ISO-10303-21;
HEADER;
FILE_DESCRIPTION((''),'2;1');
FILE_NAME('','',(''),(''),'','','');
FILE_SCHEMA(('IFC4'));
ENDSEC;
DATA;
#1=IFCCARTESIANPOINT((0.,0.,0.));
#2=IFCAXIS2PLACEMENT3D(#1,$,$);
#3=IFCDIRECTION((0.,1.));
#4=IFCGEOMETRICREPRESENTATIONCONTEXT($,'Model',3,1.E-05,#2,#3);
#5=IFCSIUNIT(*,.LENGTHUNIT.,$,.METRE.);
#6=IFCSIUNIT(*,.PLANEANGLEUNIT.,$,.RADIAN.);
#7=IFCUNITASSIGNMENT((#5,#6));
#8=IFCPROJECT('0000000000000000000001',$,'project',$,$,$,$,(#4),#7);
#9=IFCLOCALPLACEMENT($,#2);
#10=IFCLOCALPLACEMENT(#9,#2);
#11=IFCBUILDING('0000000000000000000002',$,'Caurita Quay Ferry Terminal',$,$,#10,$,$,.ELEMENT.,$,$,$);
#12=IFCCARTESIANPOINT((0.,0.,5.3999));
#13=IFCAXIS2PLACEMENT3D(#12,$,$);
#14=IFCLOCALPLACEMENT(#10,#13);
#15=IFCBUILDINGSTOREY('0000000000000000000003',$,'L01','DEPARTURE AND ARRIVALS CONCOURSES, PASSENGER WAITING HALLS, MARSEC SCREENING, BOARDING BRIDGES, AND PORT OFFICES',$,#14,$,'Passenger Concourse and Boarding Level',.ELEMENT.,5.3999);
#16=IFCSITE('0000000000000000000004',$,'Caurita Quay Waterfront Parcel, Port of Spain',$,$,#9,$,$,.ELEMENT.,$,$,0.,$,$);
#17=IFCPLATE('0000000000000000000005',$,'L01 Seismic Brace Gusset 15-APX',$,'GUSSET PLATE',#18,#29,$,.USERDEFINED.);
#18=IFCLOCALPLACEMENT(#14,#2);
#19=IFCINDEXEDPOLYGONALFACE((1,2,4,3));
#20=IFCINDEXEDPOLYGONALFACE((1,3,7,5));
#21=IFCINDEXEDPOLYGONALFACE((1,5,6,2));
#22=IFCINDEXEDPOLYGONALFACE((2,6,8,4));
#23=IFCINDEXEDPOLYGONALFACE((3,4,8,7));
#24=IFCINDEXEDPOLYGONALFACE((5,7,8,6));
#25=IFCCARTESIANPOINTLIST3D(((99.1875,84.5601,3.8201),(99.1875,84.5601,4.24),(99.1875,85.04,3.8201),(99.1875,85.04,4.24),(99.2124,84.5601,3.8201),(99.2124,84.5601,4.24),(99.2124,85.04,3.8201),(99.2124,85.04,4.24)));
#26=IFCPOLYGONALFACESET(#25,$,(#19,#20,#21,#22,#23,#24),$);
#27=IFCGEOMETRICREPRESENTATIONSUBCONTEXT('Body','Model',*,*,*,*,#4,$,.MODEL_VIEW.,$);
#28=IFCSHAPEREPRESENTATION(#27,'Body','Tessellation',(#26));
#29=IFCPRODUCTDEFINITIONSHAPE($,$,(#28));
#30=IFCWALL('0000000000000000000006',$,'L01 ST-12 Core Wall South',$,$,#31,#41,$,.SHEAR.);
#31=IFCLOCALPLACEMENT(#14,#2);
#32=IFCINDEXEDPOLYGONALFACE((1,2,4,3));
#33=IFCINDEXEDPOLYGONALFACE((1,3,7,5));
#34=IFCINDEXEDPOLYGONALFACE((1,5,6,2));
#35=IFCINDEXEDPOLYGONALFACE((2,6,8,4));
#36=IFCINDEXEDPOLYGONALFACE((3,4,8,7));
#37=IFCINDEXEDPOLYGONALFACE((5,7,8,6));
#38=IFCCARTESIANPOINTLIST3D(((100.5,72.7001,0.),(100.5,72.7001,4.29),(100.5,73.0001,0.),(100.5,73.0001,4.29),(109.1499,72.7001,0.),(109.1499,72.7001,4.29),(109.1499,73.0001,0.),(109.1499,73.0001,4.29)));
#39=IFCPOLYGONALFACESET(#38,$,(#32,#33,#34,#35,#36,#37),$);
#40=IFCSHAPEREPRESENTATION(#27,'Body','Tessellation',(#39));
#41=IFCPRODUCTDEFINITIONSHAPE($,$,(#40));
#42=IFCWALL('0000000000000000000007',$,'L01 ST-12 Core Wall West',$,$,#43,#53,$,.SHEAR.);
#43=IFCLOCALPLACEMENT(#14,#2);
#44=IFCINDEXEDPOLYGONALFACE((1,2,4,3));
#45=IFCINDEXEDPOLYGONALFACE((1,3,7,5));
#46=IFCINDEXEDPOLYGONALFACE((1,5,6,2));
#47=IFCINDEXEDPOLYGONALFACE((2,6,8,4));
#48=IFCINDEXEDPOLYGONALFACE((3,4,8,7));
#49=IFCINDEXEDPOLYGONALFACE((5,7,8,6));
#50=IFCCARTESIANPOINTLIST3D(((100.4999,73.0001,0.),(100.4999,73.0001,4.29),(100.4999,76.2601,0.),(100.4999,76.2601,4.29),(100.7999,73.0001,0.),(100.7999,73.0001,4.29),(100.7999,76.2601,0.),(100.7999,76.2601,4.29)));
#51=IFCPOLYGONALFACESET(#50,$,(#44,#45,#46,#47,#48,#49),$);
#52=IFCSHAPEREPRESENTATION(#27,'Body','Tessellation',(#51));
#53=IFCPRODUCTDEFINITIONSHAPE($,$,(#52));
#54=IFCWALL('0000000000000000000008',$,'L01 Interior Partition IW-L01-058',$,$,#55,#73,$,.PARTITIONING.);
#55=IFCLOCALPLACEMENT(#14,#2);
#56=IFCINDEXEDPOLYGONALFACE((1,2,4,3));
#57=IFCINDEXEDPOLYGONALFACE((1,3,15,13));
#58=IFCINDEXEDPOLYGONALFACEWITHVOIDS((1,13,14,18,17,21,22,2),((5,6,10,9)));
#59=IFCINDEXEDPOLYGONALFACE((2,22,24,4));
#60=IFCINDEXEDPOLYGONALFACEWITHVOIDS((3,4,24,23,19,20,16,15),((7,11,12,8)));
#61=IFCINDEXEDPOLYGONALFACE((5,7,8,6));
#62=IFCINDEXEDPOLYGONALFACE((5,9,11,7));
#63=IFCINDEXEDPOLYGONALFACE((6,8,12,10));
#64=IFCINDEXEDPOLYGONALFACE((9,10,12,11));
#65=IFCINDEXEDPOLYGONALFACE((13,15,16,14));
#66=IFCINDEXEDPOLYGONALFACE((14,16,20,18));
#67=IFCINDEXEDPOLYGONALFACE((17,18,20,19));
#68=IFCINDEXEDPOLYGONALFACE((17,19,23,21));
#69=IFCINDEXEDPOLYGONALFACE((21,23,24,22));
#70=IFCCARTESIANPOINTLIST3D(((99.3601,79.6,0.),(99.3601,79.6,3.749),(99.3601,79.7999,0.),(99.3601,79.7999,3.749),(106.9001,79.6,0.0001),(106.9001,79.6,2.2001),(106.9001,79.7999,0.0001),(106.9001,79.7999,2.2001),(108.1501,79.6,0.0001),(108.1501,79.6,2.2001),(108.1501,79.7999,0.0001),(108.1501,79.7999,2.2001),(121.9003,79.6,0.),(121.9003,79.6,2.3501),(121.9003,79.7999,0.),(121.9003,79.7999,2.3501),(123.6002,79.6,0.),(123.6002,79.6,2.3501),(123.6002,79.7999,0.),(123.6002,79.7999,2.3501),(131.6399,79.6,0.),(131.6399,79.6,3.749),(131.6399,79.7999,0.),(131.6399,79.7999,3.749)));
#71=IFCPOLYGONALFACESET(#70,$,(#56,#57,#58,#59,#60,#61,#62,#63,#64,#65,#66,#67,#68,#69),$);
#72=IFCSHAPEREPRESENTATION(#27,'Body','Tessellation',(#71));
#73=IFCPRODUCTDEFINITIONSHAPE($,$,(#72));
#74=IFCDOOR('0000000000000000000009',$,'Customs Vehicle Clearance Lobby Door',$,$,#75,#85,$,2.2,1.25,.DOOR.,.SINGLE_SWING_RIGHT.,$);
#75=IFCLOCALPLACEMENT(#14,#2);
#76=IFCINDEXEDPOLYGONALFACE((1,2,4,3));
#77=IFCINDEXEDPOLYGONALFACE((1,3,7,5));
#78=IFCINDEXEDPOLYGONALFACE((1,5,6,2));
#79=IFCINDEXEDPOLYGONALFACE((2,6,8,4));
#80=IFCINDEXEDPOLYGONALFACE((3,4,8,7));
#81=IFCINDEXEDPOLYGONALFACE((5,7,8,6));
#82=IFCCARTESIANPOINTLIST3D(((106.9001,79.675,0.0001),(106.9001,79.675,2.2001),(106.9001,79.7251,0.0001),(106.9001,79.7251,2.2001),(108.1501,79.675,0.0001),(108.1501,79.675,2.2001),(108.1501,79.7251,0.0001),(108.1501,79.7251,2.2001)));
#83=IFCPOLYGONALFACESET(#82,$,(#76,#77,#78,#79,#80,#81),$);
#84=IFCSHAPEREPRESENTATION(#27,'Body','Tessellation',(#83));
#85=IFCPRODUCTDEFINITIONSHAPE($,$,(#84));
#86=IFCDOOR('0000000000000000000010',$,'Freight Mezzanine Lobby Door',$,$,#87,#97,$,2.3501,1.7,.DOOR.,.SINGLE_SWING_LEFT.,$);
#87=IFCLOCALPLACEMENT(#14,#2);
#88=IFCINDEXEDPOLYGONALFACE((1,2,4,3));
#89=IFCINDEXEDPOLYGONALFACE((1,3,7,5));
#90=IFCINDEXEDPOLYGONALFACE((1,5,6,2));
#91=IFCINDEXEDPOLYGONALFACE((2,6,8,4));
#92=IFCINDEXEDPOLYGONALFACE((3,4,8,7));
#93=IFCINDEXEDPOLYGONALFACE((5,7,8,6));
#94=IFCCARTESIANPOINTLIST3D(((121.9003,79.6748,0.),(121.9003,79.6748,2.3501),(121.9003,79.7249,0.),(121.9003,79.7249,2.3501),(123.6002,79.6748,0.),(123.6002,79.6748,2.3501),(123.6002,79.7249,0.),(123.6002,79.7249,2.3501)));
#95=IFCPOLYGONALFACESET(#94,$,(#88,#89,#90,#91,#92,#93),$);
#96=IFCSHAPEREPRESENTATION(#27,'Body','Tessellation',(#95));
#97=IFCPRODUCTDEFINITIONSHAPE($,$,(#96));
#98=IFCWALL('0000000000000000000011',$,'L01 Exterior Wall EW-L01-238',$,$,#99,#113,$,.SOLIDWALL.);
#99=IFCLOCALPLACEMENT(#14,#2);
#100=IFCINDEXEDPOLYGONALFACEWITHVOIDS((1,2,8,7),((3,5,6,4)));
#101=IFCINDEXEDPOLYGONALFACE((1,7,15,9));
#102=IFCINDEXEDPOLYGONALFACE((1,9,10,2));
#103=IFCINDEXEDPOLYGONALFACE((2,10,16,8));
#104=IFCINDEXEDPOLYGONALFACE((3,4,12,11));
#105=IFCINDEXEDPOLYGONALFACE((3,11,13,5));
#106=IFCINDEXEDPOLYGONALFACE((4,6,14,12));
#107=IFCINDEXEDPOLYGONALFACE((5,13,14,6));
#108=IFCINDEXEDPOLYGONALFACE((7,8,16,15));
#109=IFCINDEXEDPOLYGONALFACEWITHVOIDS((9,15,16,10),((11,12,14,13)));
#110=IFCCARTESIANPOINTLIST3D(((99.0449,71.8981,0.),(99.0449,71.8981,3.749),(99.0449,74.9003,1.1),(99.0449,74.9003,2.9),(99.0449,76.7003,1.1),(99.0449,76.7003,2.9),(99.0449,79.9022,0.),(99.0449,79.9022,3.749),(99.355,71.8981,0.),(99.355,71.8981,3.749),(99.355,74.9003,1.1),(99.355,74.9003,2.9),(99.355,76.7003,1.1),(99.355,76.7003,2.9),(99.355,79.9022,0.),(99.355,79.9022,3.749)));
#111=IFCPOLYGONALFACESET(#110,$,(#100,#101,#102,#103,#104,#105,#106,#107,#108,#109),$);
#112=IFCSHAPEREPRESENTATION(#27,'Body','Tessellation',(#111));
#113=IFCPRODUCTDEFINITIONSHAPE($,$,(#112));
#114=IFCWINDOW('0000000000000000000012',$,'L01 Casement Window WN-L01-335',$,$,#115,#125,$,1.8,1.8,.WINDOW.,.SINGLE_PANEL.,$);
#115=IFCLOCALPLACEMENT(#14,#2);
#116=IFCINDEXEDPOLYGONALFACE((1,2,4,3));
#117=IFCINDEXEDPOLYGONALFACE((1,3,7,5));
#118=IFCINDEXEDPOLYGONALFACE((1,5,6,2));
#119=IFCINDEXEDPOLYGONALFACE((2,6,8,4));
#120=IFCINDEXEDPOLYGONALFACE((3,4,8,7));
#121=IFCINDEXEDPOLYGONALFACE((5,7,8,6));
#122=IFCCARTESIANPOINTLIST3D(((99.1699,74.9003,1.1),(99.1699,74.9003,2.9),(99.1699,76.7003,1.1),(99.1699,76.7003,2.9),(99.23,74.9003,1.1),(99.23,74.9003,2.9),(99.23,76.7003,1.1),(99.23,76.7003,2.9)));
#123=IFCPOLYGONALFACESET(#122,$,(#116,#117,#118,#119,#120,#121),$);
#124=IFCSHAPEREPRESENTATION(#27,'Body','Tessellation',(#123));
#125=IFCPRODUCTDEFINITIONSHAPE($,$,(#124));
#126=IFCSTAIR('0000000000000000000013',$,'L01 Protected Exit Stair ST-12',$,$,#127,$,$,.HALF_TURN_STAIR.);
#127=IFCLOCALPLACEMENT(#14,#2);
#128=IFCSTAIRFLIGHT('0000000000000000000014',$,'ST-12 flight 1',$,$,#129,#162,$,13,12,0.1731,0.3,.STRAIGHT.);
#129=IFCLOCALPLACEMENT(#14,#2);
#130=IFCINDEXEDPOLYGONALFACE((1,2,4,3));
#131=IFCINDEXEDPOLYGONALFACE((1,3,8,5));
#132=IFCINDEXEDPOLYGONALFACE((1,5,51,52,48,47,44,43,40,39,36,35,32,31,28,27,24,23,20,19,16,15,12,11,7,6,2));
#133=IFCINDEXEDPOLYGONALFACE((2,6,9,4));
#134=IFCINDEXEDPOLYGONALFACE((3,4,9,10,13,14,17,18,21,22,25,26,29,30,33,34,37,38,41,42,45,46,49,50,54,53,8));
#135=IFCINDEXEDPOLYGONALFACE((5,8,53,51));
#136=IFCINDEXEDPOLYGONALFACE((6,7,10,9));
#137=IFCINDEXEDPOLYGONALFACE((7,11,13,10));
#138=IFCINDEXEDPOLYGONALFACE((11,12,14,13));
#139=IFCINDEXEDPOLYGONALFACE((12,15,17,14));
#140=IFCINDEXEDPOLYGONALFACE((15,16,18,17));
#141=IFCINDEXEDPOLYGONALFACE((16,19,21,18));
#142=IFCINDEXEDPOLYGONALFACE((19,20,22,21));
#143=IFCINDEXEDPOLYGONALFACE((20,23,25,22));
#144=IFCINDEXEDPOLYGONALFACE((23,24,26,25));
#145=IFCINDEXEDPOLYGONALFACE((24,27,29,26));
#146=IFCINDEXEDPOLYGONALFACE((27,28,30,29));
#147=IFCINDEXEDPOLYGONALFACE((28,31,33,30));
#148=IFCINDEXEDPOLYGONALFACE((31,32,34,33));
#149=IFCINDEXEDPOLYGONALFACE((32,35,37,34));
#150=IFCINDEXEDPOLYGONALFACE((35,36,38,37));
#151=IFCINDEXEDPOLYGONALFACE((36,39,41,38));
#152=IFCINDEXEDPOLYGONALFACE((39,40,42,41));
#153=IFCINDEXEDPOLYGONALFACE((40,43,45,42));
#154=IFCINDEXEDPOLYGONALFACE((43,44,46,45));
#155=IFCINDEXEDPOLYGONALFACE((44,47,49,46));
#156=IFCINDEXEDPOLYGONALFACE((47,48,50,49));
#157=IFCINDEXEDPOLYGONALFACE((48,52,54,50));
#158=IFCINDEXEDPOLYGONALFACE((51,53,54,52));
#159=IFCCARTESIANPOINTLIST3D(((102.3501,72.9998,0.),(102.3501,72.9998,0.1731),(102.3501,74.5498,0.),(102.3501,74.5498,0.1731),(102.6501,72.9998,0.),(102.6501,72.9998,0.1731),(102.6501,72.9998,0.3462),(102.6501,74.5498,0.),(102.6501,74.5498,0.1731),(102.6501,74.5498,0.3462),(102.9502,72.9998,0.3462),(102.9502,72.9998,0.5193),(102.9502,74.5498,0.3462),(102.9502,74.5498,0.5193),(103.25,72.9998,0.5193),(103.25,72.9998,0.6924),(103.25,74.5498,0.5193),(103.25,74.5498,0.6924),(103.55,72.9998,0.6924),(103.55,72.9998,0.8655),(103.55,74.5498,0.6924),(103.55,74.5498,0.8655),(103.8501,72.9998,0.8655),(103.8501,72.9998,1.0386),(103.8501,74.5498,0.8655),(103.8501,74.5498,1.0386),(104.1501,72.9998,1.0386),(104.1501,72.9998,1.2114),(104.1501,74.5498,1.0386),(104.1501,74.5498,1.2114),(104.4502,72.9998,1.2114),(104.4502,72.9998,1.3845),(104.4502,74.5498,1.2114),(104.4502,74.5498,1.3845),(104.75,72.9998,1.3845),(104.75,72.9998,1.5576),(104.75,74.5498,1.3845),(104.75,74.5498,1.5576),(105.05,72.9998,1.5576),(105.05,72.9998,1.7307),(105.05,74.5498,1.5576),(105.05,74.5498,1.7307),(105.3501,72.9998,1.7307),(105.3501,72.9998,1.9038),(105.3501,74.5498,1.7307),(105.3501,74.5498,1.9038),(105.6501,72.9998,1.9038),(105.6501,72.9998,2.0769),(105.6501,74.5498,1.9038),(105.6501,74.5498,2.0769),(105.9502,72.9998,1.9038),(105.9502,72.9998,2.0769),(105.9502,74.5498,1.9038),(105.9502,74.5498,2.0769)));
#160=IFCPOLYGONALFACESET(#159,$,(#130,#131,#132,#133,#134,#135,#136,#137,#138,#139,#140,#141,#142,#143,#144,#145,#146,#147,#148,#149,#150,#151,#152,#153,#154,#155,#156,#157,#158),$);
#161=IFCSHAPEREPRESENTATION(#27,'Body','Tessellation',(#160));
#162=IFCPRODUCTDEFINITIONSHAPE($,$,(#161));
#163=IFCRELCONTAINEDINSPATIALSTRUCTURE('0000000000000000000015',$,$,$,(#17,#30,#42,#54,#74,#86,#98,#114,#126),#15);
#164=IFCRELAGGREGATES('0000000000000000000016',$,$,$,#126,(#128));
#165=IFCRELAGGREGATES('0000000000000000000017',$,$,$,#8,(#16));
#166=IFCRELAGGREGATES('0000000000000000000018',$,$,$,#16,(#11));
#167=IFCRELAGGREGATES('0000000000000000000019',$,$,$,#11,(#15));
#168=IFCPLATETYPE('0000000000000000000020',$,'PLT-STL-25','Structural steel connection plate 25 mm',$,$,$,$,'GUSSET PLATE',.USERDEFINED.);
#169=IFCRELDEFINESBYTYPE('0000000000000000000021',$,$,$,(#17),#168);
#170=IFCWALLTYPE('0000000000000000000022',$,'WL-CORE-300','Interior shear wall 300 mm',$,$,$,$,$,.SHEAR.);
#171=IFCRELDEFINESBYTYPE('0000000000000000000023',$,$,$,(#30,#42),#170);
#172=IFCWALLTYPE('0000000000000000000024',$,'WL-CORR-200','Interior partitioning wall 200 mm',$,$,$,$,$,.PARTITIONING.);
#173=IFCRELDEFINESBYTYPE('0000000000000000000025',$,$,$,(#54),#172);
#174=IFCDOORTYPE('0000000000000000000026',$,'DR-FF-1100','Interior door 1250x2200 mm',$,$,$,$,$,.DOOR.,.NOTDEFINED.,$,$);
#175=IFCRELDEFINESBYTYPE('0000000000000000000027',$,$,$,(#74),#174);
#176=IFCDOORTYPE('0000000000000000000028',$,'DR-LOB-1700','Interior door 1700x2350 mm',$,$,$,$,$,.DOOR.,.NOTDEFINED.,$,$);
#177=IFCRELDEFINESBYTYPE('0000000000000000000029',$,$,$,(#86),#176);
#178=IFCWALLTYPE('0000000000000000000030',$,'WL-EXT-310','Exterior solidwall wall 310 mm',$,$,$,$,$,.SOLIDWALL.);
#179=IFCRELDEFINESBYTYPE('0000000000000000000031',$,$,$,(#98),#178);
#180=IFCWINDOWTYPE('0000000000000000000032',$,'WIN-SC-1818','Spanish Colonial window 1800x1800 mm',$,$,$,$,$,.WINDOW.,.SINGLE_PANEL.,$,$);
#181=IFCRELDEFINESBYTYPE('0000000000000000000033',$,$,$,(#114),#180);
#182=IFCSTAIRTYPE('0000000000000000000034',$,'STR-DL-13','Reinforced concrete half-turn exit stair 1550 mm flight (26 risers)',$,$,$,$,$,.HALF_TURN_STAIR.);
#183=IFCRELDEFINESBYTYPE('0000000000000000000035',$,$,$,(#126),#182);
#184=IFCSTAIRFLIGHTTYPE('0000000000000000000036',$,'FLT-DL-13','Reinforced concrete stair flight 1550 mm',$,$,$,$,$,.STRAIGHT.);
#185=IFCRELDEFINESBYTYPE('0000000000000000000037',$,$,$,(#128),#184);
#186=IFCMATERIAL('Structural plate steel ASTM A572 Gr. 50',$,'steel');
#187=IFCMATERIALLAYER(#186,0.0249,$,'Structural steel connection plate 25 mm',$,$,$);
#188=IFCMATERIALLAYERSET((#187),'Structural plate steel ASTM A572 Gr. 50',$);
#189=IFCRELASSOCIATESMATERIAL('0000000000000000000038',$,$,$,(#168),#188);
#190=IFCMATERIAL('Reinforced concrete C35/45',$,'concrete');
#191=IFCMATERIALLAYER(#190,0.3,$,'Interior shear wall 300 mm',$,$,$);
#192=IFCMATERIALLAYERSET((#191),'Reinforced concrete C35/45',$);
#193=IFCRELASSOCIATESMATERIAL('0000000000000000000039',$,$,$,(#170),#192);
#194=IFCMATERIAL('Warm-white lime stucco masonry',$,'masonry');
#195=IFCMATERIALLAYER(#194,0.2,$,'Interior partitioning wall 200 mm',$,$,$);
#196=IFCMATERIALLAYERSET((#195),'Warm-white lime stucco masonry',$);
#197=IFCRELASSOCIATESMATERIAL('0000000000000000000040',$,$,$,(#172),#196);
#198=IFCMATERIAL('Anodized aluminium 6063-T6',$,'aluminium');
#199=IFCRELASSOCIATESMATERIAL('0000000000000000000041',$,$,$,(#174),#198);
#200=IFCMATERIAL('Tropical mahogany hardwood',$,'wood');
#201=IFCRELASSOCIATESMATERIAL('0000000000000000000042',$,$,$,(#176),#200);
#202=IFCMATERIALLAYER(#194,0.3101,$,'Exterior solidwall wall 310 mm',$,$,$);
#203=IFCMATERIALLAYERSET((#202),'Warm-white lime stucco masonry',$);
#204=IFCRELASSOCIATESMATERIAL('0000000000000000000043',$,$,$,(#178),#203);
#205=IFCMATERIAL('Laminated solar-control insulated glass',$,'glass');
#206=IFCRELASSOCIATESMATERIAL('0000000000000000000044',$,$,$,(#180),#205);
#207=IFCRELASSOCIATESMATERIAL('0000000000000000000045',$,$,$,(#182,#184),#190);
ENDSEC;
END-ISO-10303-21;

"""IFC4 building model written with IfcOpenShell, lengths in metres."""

from ifc_helpers import new_model, si_unit, direction, frame, frame_2d, origin, origin_2d, place, context, subcontext, project, spatial, polyline, rectangle, outline, extrude, material, layer, layer_set, type_object, element, fill, aggregate, save


model = new_model("IFC4")

# Units and contexts
model_context = context("Model", 3, precision=1e-05, world=origin(), true_north=direction((0.0, 1.0)))
body_context = subcontext(model_context, "Body", "Model", "MODEL_VIEW")
ifc_project = project(units=[si_unit("LENGTHUNIT", "METRE"), si_unit("PLANEANGLEUNIT", "RADIAN")], contexts=[model_context])

# Site, building, storey
site_placement = place(None, origin())
site = spatial("IfcSite", under=ifc_project, at=site_placement, Name="Caurita Quay Waterfront Parcel, Port of Spain", CompositionType="ELEMENT", RefElevation=0.0)
building_placement = place(site_placement, origin())
building = spatial("IfcBuilding", under=site, at=building_placement, Name="Caurita Quay Ferry Terminal", CompositionType="ELEMENT")
storey_placement = place(building_placement, frame((0.0, 0.0, 5.3999)))
storey = spatial("IfcBuildingStorey", under=building, at=storey_placement, Name="L01", Description="DEPARTURE AND ARRIVALS CONCOURSES, PASSENGER WAITING HALLS, MARSEC SCREENING, BOARDING BRIDGES, AND PORT OFFICES", LongName="Passenger Concourse and Boarding Level", CompositionType="ELEMENT", Elevation=5.3999)

# Shared definitions
ifc_material_1 = material(Name="Reinforced concrete C35/45", Category="concrete")

# Plate
ifc_material_2 = material(Name="Structural plate steel ASTM A572 Gr. 50", Category="steel")
ifc_layer_1 = layer(ifc_material_2, 0.0249, Name="Structural steel connection plate 25 mm")
ifc_layer_set_1 = layer_set([ifc_layer_1], Name="Structural plate steel ASTM A572 Gr. 50")
plate_type_1 = type_object("IfcPlateType", Name="PLT-STL-25", Description="Structural steel connection plate 25 mm", ElementType="GUSSET PLATE", PredefinedType="USERDEFINED", material=ifc_layer_set_1)
plate_placement = place(storey_placement, frame((99.2, 84.8, 3.8201), z_axis=(0.0, 0.0, 1.0), x_axis=(0.0, 1.0, 0.0)))
element("IfcPlate", 1, at=plate_placement, inside=storey, type_object=plate_type_1, Name="L01 Seismic Brace Gusset 15-APX", ObjectType="GUSSET PLATE", PredefinedType="USERDEFINED", context=body_context, shape_type="SweptSolid", body=[
    extrude(rectangle(XDim=0.48, YDim=0.0249, at=origin_2d()), origin(), (0.0, 0.0, 1.0), 0.4199),
])

# Walls
ifc_layer_2 = layer(ifc_material_1, 0.3, Name="Interior shear wall 300 mm")
ifc_layer_set_2 = layer_set([ifc_layer_2], Name="Reinforced concrete C35/45")
wall_type_1 = type_object("IfcWallType", Name="WL-CORE-300", Description="Interior shear wall 300 mm", PredefinedType="SHEAR", material=ifc_layer_set_2)
wall_1_placement = place(storey_placement, frame((100.5, 72.8501, 0.0), z_axis=(0.0, 0.0, 1.0), x_axis=(1.0, 0.0, 0.0)))
element("IfcWall", 2, at=wall_1_placement, inside=storey, type_object=wall_type_1, Name="L01 ST-12 Core Wall South", PredefinedType="SHEAR", context=body_context, shape_type="SweptSolid", body=[
    extrude(rectangle(XDim=8.6499, YDim=0.3, at=frame_2d((4.325, 0.0))), origin(), (0.0, 0.0, 1.0), 4.29),
])
wall_2_placement = place(storey_placement, frame((100.6499, 76.26, 0.0), z_axis=(0.0, 0.0, 1.0), x_axis=(0.0, -1.0, 0.0)))
element("IfcWall", 3, at=wall_2_placement, inside=storey, type_object=wall_type_1, Name="L01 ST-12 Core Wall West", PredefinedType="SHEAR", context=body_context, shape_type="SweptSolid", body=[
    extrude(rectangle(XDim=3.26, YDim=0.3, at=frame_2d((1.6299, 0.0))), origin(), (0.0, 0.0, 1.0), 4.29),
])

# Wall, openings, doors
ifc_material_3 = material(Name="Warm-white lime stucco masonry", Category="masonry")
ifc_layer_3 = layer(ifc_material_3, 0.2, Name="Interior partitioning wall 200 mm")
ifc_layer_set_3 = layer_set([ifc_layer_3], Name="Warm-white lime stucco masonry")
wall_type_2 = type_object("IfcWallType", Name="WL-CORR-200", Description="Interior partitioning wall 200 mm", PredefinedType="PARTITIONING", material=ifc_layer_set_3)
wall_3_placement = place(storey_placement, frame((99.3601, 79.7, 0.0), z_axis=(0.0, 0.0, 1.0), x_axis=(1.0, 0.0, 0.0)))
wall_3 = element("IfcWall", 4, at=wall_3_placement, inside=storey, type_object=wall_type_2, Name="L01 Interior Partition IW-L01-058", PredefinedType="PARTITIONING", context=body_context, shape_type="SweptSolid", body=[
    extrude(rectangle(XDim=32.2798, YDim=0.2, at=frame_2d((16.1399, 0.0))), origin(), (0.0, 0.0, 1.0), 3.749),
])
opening_1_placement = place(wall_3_placement, frame((7.54, 0.0, 0.0)))
opening_1 = element("IfcOpeningElement", 5, at=opening_1_placement, cuts=wall_3, PredefinedType="OPENING", context=body_context, shape_type="SweptSolid", body=[
    extrude(rectangle(XDim=1.25, YDim=2.2, at=frame_2d((0.625, 1.1001))), frame((0.0, 0.1099, 0.0), z_axis=(0.0, -1.0, 0.0), x_axis=(1.0, 0.0, 0.0)), (0.0, 0.0, 1.0), 0.22),
])
opening_2_placement = place(wall_3_placement, frame((22.54, 0.0, 0.0)))
opening_2 = element("IfcOpeningElement", 6, at=opening_2_placement, cuts=wall_3, PredefinedType="OPENING", context=body_context, shape_type="SweptSolid", body=[
    extrude(rectangle(XDim=1.7, YDim=2.3501, at=frame_2d((0.8501, 1.175))), frame((0.0, 0.1099, 0.0), z_axis=(0.0, -1.0, 0.0), x_axis=(1.0, 0.0, 0.0)), (0.0, 0.0, 1.0), 0.22),
])
ifc_material_4 = material(Name="Anodized aluminium 6063-T6", Category="aluminium")
door_type_1 = type_object("IfcDoorType", Name="DR-FF-1100", Description="Interior door 1250x2200 mm", OperationType="NOTDEFINED", PredefinedType="DOOR", material=ifc_material_4)
door_1_placement = place(opening_1_placement, frame((1.25, 0.0, 0.0), z_axis=(0.0, 0.0, 1.0), x_axis=(-1.0, 0.0, 0.0)))
door_1 = element("IfcDoor", 7, at=door_1_placement, inside=storey, type_object=door_type_1, Name="Customs Vehicle Clearance Lobby Door", OperationType="SINGLE_SWING_RIGHT", OverallHeight=2.2, OverallWidth=1.25, PredefinedType="DOOR", context=body_context, shape_type="SweptSolid", body=[
    extrude(rectangle(XDim=1.25, YDim=2.2, at=frame_2d((0.625, 1.1001))), frame((0.0, 0.0249, 0.0), z_axis=(0.0, -1.0, 0.0), x_axis=(1.0, 0.0, 0.0)), (0.0, 0.0, 1.0), 0.05),
])
fill(opening_1, door_1)
ifc_material_5 = material(Name="Tropical mahogany hardwood", Category="wood")
door_type_2 = type_object("IfcDoorType", Name="DR-LOB-1700", Description="Interior door 1700x2350 mm", OperationType="NOTDEFINED", PredefinedType="DOOR", material=ifc_material_5)
door_2_placement = place(opening_2_placement, origin())
door_2 = element("IfcDoor", 8, at=door_2_placement, inside=storey, type_object=door_type_2, Name="Freight Mezzanine Lobby Door", OperationType="SINGLE_SWING_LEFT", OverallHeight=2.3501, OverallWidth=1.7, PredefinedType="DOOR", context=body_context, shape_type="SweptSolid", body=[
    extrude(rectangle(XDim=1.7, YDim=2.3501, at=frame_2d((0.8501, 1.175))), frame((0.0, 0.0249, 0.0), z_axis=(0.0, -1.0, 0.0), x_axis=(1.0, 0.0, 0.0)), (0.0, 0.0, 1.0), 0.05),
])
fill(opening_2, door_2)

# Wall, opening, window
ifc_layer_4 = layer(ifc_material_3, 0.3101, Name="Exterior solidwall wall 310 mm")
ifc_layer_set_4 = layer_set([ifc_layer_4], Name="Warm-white lime stucco masonry")
wall_type_3 = type_object("IfcWallType", Name="WL-EXT-310", Description="Exterior solidwall wall 310 mm", PredefinedType="SOLIDWALL", material=ifc_layer_set_4)
wall_4_placement = place(storey_placement, frame((99.2, 79.9021, 0.0), z_axis=(0.0, 0.0, 1.0), x_axis=(0.0, -1.0, 0.0)))
wall_4 = element("IfcWall", 9, at=wall_4_placement, inside=storey, type_object=wall_type_3, Name="L01 Exterior Wall EW-L01-238", PredefinedType="SOLIDWALL", context=body_context, shape_type="SweptSolid", body=[
    extrude(rectangle(XDim=8.0042, YDim=0.3101, at=frame_2d((4.002, 0.0))), origin(), (0.0, 0.0, 1.0), 3.749),
])
opening_3_placement = place(wall_4_placement, frame((3.2019, 0.0, 1.1001)))
opening_3 = element("IfcOpeningElement", 10, at=opening_3_placement, cuts=wall_4, PredefinedType="OPENING", context=body_context, shape_type="SweptSolid", body=[
    extrude(rectangle(XDim=1.8, YDim=1.8, at=frame_2d((0.8999, 0.8999))), frame((0.0, 0.165, 0.0), z_axis=(0.0, -1.0, 0.0), x_axis=(1.0, 0.0, 0.0)), (0.0, 0.0, 1.0), 0.3301),
])
ifc_material_6 = material(Name="Laminated solar-control insulated glass", Category="glass")
window_type = type_object("IfcWindowType", Name="WIN-SC-1818", Description="Spanish Colonial window 1800x1800 mm", PartitioningType="SINGLE_PANEL", PredefinedType="WINDOW", material=ifc_material_6)
window_placement = place(opening_3_placement, origin())
window = element("IfcWindow", 11, at=window_placement, inside=storey, type_object=window_type, Name="L01 Casement Window WN-L01-335", OverallHeight=1.8, OverallWidth=1.8, PartitioningType="SINGLE_PANEL", PredefinedType="WINDOW", context=body_context, shape_type="SweptSolid", body=[
    extrude(rectangle(XDim=1.8, YDim=1.8, at=frame_2d((0.8999, 0.8999))), frame((0.0, 0.03, 0.0), z_axis=(0.0, -1.0, 0.0), x_axis=(1.0, 0.0, 0.0)), (0.0, 0.0, 1.0), 0.0601),
])
fill(opening_3, window)

# Stair, stair flight
stair_type = type_object("IfcStairType", Name="STR-DL-13", Description="Reinforced concrete half-turn exit stair 1550 mm flight (26 risers)", PredefinedType="HALF_TURN_STAIR", material=ifc_material_1)
stair_placement = place(storey_placement, origin())
stair = element("IfcStair", 12, at=stair_placement, inside=storey, type_object=stair_type, Name="L01 Protected Exit Stair ST-12", PredefinedType="HALF_TURN_STAIR")
stair_flight_type = type_object("IfcStairFlightType", Name="FLT-DL-13", Description="Reinforced concrete stair flight 1550 mm", PredefinedType="STRAIGHT", material=ifc_material_1)
stair_flight_1_placement = place(storey_placement, frame((102.3501, 73.7749, 0.0), z_axis=(0.0, 0.0, 1.0), x_axis=(1.0, 0.0, 0.0)))
stair_flight_1 = element("IfcStairFlight", 13, at=stair_flight_1_placement, type_object=stair_flight_type, Name="ST-12 flight 1", NumberOfRisers=13, NumberOfTreads=12, PredefinedType="STRAIGHT", RiserHeight=0.1731, TreadLength=0.3, context=body_context, shape_type="SweptSolid", body=[
    extrude(outline(polyline([(0.0, 0.0), (0.0, 0.1731), (0.3, 0.1731), (0.3, 0.3462), (0.6001, 0.3462), (0.6001, 0.5193), (0.8999, 0.5193), (0.8999, 0.6924), (1.2, 0.6924), (1.2, 0.8655), (1.5, 0.8655), (1.5, 1.0386), (1.8, 1.0386), (1.8, 1.2114), (2.1001, 1.2114), (2.1001, 1.3845), (2.3999, 1.3845), (2.3999, 1.5576), (2.7, 1.5576), (2.7, 1.7307), (3.0, 1.7307), (3.0, 1.9038), (3.3, 1.9038), (3.3, 2.0769), (3.6001, 2.0769), (3.6001, 2.25), (3.6001, 1.9038), (0.3, 0.0), (0.0, 0.0)])), frame((0.0, 0.7749, 0.0), z_axis=(0.0, -1.0, 0.0), x_axis=(1.0, 0.0, 0.0)), (0.0, 0.0, 1.0), 1.55),
])
aggregate(stair, [stair_flight_1])

save(model, "model.ifc")
